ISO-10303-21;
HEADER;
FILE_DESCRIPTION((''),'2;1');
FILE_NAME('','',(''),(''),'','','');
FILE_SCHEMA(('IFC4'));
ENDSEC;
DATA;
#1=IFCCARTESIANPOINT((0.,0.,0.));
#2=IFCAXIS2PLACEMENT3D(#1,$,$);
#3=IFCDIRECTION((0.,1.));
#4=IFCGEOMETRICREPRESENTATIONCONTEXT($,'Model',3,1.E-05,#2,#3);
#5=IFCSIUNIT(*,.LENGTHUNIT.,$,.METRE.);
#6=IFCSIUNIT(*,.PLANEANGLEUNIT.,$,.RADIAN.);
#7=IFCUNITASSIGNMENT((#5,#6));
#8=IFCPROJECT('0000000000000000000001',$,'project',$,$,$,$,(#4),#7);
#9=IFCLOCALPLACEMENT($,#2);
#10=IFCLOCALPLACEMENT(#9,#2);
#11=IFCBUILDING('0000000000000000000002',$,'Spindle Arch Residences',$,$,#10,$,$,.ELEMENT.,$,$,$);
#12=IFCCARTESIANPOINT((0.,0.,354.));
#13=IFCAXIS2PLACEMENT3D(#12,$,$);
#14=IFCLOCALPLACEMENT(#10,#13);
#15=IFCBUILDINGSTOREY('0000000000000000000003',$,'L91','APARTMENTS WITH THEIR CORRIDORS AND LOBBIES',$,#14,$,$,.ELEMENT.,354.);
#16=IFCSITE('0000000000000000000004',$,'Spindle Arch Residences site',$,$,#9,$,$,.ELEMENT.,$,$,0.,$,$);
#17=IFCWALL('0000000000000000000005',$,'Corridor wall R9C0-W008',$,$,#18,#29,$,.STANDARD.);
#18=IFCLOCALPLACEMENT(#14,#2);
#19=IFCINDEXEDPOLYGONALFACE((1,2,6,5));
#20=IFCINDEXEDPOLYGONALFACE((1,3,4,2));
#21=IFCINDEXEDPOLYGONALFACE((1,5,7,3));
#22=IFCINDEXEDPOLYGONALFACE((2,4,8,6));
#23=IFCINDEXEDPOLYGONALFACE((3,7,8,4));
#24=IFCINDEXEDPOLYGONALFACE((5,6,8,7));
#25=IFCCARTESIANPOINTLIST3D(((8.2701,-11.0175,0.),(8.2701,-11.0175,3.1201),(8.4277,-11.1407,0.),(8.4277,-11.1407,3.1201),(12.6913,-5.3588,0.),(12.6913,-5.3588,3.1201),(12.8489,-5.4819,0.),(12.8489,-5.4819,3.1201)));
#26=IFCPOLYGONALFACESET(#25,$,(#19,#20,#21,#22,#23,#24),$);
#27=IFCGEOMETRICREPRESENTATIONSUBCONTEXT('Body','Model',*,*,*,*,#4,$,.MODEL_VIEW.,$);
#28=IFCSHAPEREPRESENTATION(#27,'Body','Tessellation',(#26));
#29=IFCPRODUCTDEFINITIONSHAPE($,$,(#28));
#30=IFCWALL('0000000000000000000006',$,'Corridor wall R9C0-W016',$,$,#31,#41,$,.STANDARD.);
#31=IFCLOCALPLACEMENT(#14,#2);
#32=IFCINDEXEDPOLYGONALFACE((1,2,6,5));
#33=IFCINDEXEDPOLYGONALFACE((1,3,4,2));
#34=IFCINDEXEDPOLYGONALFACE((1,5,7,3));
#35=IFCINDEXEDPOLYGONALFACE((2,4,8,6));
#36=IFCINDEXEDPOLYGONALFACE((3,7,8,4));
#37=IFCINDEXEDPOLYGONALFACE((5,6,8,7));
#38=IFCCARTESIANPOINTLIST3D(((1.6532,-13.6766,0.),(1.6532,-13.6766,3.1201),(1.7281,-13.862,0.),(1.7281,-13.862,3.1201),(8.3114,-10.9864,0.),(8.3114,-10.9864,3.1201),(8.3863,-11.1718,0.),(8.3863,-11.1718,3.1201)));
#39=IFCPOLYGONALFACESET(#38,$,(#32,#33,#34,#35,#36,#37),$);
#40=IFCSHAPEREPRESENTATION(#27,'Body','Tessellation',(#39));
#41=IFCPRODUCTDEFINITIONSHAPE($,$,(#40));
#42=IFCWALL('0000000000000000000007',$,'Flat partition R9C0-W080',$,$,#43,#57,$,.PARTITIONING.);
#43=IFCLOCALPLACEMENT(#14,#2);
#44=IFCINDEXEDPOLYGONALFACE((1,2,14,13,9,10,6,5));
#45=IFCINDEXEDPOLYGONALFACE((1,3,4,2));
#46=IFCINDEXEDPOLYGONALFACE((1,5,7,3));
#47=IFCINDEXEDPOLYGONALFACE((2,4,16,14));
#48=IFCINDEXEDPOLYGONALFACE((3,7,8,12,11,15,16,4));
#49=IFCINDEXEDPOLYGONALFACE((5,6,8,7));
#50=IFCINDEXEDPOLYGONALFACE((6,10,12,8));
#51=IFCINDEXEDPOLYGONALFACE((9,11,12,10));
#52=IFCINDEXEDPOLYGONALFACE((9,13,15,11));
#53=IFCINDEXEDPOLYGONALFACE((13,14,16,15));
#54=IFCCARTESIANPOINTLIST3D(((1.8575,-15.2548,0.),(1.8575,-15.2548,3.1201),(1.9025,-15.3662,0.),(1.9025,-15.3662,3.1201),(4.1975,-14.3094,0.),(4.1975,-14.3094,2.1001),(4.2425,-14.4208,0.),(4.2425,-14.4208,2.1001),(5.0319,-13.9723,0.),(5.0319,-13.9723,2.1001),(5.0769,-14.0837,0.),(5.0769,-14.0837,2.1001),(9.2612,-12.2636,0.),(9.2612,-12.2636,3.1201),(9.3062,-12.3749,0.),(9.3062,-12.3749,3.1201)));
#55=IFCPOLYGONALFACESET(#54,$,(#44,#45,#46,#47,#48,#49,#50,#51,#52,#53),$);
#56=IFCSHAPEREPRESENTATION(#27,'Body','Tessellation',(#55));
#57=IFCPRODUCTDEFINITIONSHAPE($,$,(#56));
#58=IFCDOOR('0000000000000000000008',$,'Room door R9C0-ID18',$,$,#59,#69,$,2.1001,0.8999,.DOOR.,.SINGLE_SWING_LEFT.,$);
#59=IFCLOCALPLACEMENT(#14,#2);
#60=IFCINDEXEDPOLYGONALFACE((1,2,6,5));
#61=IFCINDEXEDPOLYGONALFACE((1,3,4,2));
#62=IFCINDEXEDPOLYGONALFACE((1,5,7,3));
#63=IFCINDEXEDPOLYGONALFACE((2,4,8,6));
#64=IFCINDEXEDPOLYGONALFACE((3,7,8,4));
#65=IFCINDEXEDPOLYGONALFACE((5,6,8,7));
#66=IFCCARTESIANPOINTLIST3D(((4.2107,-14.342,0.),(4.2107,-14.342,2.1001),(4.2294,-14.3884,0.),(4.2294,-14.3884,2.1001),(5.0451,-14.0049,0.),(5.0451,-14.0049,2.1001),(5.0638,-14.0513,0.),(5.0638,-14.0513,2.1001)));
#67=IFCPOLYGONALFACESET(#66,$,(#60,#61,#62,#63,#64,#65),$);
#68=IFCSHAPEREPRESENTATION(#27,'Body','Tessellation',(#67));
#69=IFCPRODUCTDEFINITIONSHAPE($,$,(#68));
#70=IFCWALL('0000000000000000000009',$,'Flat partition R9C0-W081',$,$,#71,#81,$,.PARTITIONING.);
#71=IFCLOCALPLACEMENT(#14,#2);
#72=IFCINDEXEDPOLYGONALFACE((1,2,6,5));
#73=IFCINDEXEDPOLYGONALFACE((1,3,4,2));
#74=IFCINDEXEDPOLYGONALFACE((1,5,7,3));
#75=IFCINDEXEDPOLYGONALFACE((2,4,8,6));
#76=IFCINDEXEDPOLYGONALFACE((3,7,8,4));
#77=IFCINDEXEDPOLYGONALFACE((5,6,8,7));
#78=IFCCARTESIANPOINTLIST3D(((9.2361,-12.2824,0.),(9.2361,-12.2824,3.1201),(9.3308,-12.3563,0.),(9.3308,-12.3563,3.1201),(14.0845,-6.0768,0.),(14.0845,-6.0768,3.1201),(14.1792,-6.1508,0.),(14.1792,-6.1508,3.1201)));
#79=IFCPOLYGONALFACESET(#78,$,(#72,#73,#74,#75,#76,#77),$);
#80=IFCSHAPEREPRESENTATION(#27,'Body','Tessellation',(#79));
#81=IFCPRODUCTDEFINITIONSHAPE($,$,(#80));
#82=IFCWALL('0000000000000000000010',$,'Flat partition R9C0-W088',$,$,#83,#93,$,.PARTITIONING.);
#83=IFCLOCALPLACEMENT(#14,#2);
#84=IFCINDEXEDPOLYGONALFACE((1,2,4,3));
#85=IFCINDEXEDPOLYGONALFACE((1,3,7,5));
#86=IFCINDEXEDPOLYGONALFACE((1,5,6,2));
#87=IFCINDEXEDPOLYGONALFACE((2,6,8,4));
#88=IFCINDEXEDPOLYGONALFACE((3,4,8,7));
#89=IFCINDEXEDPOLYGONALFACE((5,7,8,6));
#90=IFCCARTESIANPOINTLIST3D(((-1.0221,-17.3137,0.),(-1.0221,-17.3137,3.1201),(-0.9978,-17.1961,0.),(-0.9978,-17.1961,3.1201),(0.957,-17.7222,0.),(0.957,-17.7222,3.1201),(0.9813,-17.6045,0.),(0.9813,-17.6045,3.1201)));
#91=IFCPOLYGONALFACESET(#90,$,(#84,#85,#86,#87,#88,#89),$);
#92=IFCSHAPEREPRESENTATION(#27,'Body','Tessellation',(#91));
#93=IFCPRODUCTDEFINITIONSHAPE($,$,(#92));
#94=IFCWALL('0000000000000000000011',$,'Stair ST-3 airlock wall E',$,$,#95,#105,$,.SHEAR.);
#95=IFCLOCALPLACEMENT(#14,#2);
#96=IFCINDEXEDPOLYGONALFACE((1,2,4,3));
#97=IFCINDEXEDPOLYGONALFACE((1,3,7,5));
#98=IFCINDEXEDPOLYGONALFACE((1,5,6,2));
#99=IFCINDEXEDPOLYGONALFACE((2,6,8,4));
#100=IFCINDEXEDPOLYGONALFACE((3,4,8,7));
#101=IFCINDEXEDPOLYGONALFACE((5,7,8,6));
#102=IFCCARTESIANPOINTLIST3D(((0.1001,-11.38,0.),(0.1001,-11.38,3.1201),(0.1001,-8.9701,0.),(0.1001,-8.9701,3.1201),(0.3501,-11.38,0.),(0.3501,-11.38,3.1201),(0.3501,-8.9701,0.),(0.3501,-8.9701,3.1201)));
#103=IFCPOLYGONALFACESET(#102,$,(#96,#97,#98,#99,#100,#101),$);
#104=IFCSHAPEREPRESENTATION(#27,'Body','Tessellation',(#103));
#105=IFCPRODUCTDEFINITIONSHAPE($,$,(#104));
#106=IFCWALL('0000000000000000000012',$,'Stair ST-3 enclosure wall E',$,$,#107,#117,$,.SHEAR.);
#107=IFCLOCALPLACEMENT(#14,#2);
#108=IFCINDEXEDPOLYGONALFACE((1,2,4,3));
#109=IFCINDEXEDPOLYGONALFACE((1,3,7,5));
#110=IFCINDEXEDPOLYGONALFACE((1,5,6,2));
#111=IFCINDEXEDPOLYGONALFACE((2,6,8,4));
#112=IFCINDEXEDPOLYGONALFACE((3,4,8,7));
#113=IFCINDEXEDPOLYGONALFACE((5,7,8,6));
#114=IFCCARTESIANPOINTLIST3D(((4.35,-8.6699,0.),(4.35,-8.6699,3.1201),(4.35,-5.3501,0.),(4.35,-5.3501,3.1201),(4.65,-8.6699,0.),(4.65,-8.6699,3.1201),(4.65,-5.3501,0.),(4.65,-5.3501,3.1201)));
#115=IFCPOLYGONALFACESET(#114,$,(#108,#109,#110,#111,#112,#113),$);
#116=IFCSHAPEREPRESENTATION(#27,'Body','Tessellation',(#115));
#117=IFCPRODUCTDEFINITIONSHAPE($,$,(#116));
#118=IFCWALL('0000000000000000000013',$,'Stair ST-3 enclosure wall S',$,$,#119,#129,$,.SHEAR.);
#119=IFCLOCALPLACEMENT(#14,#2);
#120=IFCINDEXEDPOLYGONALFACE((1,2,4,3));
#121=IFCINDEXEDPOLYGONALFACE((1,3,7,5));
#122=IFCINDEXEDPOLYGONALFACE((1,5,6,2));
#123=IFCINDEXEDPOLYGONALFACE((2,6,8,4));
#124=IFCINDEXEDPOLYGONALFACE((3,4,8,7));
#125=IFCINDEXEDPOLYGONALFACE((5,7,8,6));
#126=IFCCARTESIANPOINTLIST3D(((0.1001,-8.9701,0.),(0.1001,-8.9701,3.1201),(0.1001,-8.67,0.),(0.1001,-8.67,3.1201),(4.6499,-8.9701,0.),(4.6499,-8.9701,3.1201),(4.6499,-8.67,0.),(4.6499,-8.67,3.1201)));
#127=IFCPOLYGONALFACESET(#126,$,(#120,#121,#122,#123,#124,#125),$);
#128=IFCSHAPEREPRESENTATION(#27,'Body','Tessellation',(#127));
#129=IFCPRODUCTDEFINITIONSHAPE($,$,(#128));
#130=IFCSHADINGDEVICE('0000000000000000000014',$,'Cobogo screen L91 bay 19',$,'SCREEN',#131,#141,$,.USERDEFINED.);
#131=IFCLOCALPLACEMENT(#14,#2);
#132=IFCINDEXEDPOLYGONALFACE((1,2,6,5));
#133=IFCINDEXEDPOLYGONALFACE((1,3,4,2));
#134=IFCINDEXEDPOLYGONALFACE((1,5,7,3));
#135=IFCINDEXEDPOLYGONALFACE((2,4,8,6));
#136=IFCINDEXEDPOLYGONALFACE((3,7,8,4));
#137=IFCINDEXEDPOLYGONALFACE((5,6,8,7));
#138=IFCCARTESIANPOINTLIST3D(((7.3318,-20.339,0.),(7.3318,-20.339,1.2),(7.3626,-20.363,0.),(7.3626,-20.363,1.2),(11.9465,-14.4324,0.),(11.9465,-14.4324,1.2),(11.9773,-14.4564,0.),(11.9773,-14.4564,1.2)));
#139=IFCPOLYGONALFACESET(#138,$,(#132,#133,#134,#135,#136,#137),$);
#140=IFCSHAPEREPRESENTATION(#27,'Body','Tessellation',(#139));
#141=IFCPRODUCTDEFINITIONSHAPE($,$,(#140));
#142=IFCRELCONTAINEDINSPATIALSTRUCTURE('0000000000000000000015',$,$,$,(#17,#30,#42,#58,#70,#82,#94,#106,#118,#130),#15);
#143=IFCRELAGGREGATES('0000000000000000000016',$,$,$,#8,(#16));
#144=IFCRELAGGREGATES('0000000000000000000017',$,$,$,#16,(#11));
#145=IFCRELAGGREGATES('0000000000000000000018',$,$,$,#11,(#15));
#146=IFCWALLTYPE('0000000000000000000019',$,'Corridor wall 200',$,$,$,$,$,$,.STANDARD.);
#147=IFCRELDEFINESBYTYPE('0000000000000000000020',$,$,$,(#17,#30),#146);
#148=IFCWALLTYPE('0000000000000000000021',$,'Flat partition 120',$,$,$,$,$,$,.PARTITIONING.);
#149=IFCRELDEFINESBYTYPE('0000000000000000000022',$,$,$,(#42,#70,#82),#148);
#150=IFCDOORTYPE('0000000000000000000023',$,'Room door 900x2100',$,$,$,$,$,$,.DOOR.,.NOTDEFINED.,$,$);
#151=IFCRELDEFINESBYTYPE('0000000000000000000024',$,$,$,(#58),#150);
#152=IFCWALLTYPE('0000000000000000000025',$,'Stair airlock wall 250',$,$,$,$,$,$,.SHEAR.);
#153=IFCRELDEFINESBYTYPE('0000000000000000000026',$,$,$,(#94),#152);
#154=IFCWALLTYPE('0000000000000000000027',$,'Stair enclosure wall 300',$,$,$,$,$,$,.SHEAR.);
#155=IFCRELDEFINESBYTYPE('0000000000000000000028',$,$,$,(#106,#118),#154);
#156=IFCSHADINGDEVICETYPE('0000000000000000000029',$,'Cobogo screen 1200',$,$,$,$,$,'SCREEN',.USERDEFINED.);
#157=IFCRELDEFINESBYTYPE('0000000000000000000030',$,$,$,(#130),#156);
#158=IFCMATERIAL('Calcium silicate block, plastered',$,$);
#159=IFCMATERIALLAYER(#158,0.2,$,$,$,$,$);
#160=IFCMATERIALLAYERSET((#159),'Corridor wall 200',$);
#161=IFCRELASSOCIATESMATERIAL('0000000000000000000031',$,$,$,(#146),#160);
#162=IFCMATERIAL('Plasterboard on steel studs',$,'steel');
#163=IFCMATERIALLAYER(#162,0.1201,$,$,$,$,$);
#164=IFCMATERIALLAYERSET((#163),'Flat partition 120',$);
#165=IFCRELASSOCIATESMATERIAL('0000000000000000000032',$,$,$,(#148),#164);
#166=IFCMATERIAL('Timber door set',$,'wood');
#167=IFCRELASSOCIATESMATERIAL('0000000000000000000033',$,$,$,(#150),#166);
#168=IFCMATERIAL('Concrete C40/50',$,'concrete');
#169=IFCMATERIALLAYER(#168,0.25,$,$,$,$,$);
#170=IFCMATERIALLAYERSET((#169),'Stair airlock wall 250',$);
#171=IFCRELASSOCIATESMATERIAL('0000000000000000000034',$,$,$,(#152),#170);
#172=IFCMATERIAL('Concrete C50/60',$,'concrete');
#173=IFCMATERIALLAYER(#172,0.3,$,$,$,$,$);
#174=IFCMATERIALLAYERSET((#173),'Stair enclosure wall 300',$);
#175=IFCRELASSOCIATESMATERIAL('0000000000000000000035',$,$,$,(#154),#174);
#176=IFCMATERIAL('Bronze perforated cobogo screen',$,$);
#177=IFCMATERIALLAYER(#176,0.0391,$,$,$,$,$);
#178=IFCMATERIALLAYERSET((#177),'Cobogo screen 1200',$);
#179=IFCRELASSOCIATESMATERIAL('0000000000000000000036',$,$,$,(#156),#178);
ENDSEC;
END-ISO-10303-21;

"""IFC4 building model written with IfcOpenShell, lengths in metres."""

from ifc_helpers import new_model, si_unit, direction, frame, frame_2d, origin, origin_2d, place, context, subcontext, project, spatial, rectangle, extrude, material, layer, layer_set, type_object, element, fill, save


model = new_model("IFC4")

# Units and contexts
model_context = context("Model", 3, precision=1e-05, world=origin(), true_north=direction((0.0, 1.0)))
body_context = subcontext(model_context, "Body", "Model", "MODEL_VIEW")
ifc_project = project(units=[si_unit("LENGTHUNIT", "METRE"), si_unit("PLANEANGLEUNIT", "RADIAN")], contexts=[model_context])

# Site, building, storey
site_placement = place(None, origin())
site = spatial("IfcSite", under=ifc_project, at=site_placement, Name="Spindle Arch Residences site", CompositionType="ELEMENT", RefElevation=0.0)
building_placement = place(site_placement, origin())
building = spatial("IfcBuilding", under=site, at=building_placement, Name="Spindle Arch Residences", CompositionType="ELEMENT")
storey_placement = place(building_placement, frame((0.0, 0.0, 354.0)))
storey = spatial("IfcBuildingStorey", under=building, at=storey_placement, Name="L91", Description="APARTMENTS WITH THEIR CORRIDORS AND LOBBIES", CompositionType="ELEMENT", Elevation=354.0)

# Walls
ifc_material_1 = material(Name="Calcium silicate block, plastered")
ifc_layer_1 = layer(ifc_material_1, 0.2)
ifc_layer_set_1 = layer_set([ifc_layer_1], Name="Corridor wall 200")
wall_type_1 = type_object("IfcWallType", Name="Corridor wall 200", PredefinedType="STANDARD", material=ifc_layer_set_1)
for number, where, z_axis, x_axis, name in (
    (1, (8.3489, -11.0791, 0.0), (0.0, 0.0, 1.0), (0.615669, 0.788005, 0.0), "Corridor wall R9C0-W008"),
    (2, (1.6907, -13.7693, 0.0), (0.0, 0.0, 1.0), (0.927179, 0.374618, 0.0), "Corridor wall R9C0-W016"),
):
    element("IfcWall", number, at=place(storey_placement, frame(where, z_axis=z_axis, x_axis=x_axis)), inside=storey, type_object=wall_type_1, Name=name, PredefinedType="STANDARD", context=body_context, shape_type="SweptSolid", body=[
        extrude(rectangle(XDim=7.1812, YDim=0.2, at=frame_2d((3.5906, 0.0))), origin(), (0.0, 0.0, 1.0), 3.1201),
    ])

# Wall, opening, door
ifc_material_2 = material(Name="Plasterboard on steel studs", Category="steel")
ifc_layer_2 = layer(ifc_material_2, 0.1201)
ifc_layer_set_2 = layer_set([ifc_layer_2], Name="Flat partition 120")
wall_type_2 = type_object("IfcWallType", Name="Flat partition 120", PredefinedType="PARTITIONING", material=ifc_layer_set_2)
wall_1_placement = place(storey_placement, frame((1.8799, -15.3105, 0.0), z_axis=(0.0, 0.0, 1.0), x_axis=(0.927185, 0.374604, 0.0)))
wall_1 = element("IfcWall", 3, at=wall_1_placement, inside=storey, type_object=wall_type_2, Name="Flat partition R9C0-W080", PredefinedType="PARTITIONING", context=body_context, shape_type="SweptSolid", body=[
    extrude(rectangle(XDim=7.9851, YDim=0.1201, at=frame_2d((3.9927, 0.0))), origin(), (0.0, 0.0, 1.0), 3.1201),
])
opening_1_placement = place(wall_1_placement, frame((2.5239, 0.0, 0.0)))
opening_1 = element("IfcOpeningElement", 4, at=opening_1_placement, cuts=wall_1, PredefinedType="OPENING", context=body_context, shape_type="SweptSolid", body=[
    extrude(rectangle(XDim=0.8999, YDim=2.1001, at=frame_2d((0.45, 1.05))), frame((0.0, 0.0701, 0.0), z_axis=(0.0, -1.0, 0.0), x_axis=(1.0, 0.0, 0.0)), (0.0, 0.0, 1.0), 0.1401),
])
ifc_material_3 = material(Name="Timber door set", Category="wood")
door_type_1 = type_object("IfcDoorType", Name="Room door 900x2100", OperationType="NOTDEFINED", PredefinedType="DOOR", material=ifc_material_3)
door_1_placement = place(opening_1_placement, origin())
door_1 = element("IfcDoor", 5, at=door_1_placement, inside=storey, type_object=door_type_1, Name="Room door R9C0-ID18", OperationType="SINGLE_SWING_LEFT", OverallHeight=2.1001, OverallWidth=0.8999, PredefinedType="DOOR", context=body_context, shape_type="SweptSolid", body=[
    extrude(rectangle(XDim=0.8999, YDim=2.1001, at=frame_2d((0.45, 1.05))), frame((0.0, 0.0249, 0.0), z_axis=(0.0, -1.0, 0.0), x_axis=(1.0, 0.0, 0.0)), (0.0, 0.0, 1.0), 0.05),
])
fill(opening_1, door_1)

# Walls
wall_2_placement = place(storey_placement, frame((9.2834, -12.3193, 0.0), z_axis=(0.0, 0.0, 1.0), x_axis=(0.615667, 0.788007, 0.0)))
element("IfcWall", 6, at=wall_2_placement, inside=storey, type_object=wall_type_2, Name="Flat partition R9C0-W081", PredefinedType="PARTITIONING", context=body_context, shape_type="SweptSolid", body=[
    extrude(rectangle(XDim=7.875, YDim=0.1201, at=frame_2d((3.9375, 0.0))), origin(), (0.0, 0.0, 1.0), 3.1201),
])
wall_3_placement = place(storey_placement, frame((0.969, -17.6633, 0.0), z_axis=(0.0, 0.0, 1.0), x_axis=(-0.979359, 0.20213, 0.0)))
element("IfcWall", 7, at=wall_3_placement, inside=storey, type_object=wall_type_2, Name="Flat partition R9C0-W088", PredefinedType="PARTITIONING", context=body_context, shape_type="SweptSolid", body=[
    extrude(rectangle(XDim=2.0208, YDim=0.1201, at=frame_2d((1.0103, 0.0))), origin(), (0.0, 0.0, 1.0), 3.1201),
])
ifc_material_4 = material(Name="Concrete C40/50", Category="concrete")
ifc_layer_3 = layer(ifc_material_4, 0.25)
ifc_layer_set_3 = layer_set([ifc_layer_3], Name="Stair airlock wall 250")
wall_type_3 = type_object("IfcWallType", Name="Stair airlock wall 250", PredefinedType="SHEAR", material=ifc_layer_set_3)
wall_4_placement = place(storey_placement, frame((0.2251, -8.97, 0.0), z_axis=(0.0, 0.0, 1.0), x_axis=(0.0, -1.0, 0.0)))
element("IfcWall", 8, at=wall_4_placement, inside=storey, type_object=wall_type_3, Name="Stair ST-3 airlock wall E", PredefinedType="SHEAR", context=body_context, shape_type="SweptSolid", body=[
    extrude(rectangle(XDim=2.4099, YDim=0.25, at=frame_2d((1.2051, 0.0))), origin(), (0.0, 0.0, 1.0), 3.1201),
])
ifc_material_5 = material(Name="Concrete C50/60", Category="concrete")
ifc_layer_4 = layer(ifc_material_5, 0.3)
ifc_layer_set_4 = layer_set([ifc_layer_4], Name="Stair enclosure wall 300")
wall_type_4 = type_object("IfcWallType", Name="Stair enclosure wall 300", PredefinedType="SHEAR", material=ifc_layer_set_4)
wall_5_placement = place(storey_placement, frame((4.5, -8.6699, 0.0), z_axis=(0.0, 0.0, 1.0), x_axis=(0.0, 1.0, 0.0)))
element("IfcWall", 9, at=wall_5_placement, inside=storey, type_object=wall_type_4, Name="Stair ST-3 enclosure wall E", PredefinedType="SHEAR", context=body_context, shape_type="SweptSolid", body=[
    extrude(rectangle(XDim=3.3198, YDim=0.3, at=frame_2d((1.6599, 0.0))), origin(), (0.0, 0.0, 1.0), 3.1201),
])
wall_6_placement = place(storey_placement, frame((0.1001, -8.8201, 0.0), z_axis=(0.0, 0.0, 1.0), x_axis=(1.0, 0.0, 0.0)))
element("IfcWall", 10, at=wall_6_placement, inside=storey, type_object=wall_type_4, Name="Stair ST-3 enclosure wall S", PredefinedType="SHEAR", context=body_context, shape_type="SweptSolid", body=[
    extrude(rectangle(XDim=4.5498, YDim=0.3, at=frame_2d((2.2749, 0.0))), origin(), (0.0, 0.0, 1.0), 3.1201),
])

# Shading device
ifc_material_6 = material(Name="Bronze perforated cobogo screen")
ifc_layer_5 = layer(ifc_material_6, 0.0391)
ifc_layer_set_5 = layer_set([ifc_layer_5], Name="Cobogo screen 1200")
shading_device_type = type_object("IfcShadingDeviceType", Name="Cobogo screen 1200", ElementType="SCREEN", PredefinedType="USERDEFINED", material=ifc_layer_set_5)
shading_device_placement = place(storey_placement, frame((9.6545, -17.3977, 0.0), z_axis=(0.0, 0.0, 1.0), x_axis=(0.615661, 0.788011, 0.0)))
element("IfcShadingDevice", 11, at=shading_device_placement, inside=storey, type_object=shading_device_type, Name="Cobogo screen L91 bay 19", ObjectType="SCREEN", PredefinedType="USERDEFINED", context=body_context, shape_type="SweptSolid", body=[
    extrude(rectangle(XDim=7.4956, YDim=0.0391, at=origin_2d()), origin(), (0.0, 0.0, 1.0), 1.2),
])

save(model, "model.ifc")
